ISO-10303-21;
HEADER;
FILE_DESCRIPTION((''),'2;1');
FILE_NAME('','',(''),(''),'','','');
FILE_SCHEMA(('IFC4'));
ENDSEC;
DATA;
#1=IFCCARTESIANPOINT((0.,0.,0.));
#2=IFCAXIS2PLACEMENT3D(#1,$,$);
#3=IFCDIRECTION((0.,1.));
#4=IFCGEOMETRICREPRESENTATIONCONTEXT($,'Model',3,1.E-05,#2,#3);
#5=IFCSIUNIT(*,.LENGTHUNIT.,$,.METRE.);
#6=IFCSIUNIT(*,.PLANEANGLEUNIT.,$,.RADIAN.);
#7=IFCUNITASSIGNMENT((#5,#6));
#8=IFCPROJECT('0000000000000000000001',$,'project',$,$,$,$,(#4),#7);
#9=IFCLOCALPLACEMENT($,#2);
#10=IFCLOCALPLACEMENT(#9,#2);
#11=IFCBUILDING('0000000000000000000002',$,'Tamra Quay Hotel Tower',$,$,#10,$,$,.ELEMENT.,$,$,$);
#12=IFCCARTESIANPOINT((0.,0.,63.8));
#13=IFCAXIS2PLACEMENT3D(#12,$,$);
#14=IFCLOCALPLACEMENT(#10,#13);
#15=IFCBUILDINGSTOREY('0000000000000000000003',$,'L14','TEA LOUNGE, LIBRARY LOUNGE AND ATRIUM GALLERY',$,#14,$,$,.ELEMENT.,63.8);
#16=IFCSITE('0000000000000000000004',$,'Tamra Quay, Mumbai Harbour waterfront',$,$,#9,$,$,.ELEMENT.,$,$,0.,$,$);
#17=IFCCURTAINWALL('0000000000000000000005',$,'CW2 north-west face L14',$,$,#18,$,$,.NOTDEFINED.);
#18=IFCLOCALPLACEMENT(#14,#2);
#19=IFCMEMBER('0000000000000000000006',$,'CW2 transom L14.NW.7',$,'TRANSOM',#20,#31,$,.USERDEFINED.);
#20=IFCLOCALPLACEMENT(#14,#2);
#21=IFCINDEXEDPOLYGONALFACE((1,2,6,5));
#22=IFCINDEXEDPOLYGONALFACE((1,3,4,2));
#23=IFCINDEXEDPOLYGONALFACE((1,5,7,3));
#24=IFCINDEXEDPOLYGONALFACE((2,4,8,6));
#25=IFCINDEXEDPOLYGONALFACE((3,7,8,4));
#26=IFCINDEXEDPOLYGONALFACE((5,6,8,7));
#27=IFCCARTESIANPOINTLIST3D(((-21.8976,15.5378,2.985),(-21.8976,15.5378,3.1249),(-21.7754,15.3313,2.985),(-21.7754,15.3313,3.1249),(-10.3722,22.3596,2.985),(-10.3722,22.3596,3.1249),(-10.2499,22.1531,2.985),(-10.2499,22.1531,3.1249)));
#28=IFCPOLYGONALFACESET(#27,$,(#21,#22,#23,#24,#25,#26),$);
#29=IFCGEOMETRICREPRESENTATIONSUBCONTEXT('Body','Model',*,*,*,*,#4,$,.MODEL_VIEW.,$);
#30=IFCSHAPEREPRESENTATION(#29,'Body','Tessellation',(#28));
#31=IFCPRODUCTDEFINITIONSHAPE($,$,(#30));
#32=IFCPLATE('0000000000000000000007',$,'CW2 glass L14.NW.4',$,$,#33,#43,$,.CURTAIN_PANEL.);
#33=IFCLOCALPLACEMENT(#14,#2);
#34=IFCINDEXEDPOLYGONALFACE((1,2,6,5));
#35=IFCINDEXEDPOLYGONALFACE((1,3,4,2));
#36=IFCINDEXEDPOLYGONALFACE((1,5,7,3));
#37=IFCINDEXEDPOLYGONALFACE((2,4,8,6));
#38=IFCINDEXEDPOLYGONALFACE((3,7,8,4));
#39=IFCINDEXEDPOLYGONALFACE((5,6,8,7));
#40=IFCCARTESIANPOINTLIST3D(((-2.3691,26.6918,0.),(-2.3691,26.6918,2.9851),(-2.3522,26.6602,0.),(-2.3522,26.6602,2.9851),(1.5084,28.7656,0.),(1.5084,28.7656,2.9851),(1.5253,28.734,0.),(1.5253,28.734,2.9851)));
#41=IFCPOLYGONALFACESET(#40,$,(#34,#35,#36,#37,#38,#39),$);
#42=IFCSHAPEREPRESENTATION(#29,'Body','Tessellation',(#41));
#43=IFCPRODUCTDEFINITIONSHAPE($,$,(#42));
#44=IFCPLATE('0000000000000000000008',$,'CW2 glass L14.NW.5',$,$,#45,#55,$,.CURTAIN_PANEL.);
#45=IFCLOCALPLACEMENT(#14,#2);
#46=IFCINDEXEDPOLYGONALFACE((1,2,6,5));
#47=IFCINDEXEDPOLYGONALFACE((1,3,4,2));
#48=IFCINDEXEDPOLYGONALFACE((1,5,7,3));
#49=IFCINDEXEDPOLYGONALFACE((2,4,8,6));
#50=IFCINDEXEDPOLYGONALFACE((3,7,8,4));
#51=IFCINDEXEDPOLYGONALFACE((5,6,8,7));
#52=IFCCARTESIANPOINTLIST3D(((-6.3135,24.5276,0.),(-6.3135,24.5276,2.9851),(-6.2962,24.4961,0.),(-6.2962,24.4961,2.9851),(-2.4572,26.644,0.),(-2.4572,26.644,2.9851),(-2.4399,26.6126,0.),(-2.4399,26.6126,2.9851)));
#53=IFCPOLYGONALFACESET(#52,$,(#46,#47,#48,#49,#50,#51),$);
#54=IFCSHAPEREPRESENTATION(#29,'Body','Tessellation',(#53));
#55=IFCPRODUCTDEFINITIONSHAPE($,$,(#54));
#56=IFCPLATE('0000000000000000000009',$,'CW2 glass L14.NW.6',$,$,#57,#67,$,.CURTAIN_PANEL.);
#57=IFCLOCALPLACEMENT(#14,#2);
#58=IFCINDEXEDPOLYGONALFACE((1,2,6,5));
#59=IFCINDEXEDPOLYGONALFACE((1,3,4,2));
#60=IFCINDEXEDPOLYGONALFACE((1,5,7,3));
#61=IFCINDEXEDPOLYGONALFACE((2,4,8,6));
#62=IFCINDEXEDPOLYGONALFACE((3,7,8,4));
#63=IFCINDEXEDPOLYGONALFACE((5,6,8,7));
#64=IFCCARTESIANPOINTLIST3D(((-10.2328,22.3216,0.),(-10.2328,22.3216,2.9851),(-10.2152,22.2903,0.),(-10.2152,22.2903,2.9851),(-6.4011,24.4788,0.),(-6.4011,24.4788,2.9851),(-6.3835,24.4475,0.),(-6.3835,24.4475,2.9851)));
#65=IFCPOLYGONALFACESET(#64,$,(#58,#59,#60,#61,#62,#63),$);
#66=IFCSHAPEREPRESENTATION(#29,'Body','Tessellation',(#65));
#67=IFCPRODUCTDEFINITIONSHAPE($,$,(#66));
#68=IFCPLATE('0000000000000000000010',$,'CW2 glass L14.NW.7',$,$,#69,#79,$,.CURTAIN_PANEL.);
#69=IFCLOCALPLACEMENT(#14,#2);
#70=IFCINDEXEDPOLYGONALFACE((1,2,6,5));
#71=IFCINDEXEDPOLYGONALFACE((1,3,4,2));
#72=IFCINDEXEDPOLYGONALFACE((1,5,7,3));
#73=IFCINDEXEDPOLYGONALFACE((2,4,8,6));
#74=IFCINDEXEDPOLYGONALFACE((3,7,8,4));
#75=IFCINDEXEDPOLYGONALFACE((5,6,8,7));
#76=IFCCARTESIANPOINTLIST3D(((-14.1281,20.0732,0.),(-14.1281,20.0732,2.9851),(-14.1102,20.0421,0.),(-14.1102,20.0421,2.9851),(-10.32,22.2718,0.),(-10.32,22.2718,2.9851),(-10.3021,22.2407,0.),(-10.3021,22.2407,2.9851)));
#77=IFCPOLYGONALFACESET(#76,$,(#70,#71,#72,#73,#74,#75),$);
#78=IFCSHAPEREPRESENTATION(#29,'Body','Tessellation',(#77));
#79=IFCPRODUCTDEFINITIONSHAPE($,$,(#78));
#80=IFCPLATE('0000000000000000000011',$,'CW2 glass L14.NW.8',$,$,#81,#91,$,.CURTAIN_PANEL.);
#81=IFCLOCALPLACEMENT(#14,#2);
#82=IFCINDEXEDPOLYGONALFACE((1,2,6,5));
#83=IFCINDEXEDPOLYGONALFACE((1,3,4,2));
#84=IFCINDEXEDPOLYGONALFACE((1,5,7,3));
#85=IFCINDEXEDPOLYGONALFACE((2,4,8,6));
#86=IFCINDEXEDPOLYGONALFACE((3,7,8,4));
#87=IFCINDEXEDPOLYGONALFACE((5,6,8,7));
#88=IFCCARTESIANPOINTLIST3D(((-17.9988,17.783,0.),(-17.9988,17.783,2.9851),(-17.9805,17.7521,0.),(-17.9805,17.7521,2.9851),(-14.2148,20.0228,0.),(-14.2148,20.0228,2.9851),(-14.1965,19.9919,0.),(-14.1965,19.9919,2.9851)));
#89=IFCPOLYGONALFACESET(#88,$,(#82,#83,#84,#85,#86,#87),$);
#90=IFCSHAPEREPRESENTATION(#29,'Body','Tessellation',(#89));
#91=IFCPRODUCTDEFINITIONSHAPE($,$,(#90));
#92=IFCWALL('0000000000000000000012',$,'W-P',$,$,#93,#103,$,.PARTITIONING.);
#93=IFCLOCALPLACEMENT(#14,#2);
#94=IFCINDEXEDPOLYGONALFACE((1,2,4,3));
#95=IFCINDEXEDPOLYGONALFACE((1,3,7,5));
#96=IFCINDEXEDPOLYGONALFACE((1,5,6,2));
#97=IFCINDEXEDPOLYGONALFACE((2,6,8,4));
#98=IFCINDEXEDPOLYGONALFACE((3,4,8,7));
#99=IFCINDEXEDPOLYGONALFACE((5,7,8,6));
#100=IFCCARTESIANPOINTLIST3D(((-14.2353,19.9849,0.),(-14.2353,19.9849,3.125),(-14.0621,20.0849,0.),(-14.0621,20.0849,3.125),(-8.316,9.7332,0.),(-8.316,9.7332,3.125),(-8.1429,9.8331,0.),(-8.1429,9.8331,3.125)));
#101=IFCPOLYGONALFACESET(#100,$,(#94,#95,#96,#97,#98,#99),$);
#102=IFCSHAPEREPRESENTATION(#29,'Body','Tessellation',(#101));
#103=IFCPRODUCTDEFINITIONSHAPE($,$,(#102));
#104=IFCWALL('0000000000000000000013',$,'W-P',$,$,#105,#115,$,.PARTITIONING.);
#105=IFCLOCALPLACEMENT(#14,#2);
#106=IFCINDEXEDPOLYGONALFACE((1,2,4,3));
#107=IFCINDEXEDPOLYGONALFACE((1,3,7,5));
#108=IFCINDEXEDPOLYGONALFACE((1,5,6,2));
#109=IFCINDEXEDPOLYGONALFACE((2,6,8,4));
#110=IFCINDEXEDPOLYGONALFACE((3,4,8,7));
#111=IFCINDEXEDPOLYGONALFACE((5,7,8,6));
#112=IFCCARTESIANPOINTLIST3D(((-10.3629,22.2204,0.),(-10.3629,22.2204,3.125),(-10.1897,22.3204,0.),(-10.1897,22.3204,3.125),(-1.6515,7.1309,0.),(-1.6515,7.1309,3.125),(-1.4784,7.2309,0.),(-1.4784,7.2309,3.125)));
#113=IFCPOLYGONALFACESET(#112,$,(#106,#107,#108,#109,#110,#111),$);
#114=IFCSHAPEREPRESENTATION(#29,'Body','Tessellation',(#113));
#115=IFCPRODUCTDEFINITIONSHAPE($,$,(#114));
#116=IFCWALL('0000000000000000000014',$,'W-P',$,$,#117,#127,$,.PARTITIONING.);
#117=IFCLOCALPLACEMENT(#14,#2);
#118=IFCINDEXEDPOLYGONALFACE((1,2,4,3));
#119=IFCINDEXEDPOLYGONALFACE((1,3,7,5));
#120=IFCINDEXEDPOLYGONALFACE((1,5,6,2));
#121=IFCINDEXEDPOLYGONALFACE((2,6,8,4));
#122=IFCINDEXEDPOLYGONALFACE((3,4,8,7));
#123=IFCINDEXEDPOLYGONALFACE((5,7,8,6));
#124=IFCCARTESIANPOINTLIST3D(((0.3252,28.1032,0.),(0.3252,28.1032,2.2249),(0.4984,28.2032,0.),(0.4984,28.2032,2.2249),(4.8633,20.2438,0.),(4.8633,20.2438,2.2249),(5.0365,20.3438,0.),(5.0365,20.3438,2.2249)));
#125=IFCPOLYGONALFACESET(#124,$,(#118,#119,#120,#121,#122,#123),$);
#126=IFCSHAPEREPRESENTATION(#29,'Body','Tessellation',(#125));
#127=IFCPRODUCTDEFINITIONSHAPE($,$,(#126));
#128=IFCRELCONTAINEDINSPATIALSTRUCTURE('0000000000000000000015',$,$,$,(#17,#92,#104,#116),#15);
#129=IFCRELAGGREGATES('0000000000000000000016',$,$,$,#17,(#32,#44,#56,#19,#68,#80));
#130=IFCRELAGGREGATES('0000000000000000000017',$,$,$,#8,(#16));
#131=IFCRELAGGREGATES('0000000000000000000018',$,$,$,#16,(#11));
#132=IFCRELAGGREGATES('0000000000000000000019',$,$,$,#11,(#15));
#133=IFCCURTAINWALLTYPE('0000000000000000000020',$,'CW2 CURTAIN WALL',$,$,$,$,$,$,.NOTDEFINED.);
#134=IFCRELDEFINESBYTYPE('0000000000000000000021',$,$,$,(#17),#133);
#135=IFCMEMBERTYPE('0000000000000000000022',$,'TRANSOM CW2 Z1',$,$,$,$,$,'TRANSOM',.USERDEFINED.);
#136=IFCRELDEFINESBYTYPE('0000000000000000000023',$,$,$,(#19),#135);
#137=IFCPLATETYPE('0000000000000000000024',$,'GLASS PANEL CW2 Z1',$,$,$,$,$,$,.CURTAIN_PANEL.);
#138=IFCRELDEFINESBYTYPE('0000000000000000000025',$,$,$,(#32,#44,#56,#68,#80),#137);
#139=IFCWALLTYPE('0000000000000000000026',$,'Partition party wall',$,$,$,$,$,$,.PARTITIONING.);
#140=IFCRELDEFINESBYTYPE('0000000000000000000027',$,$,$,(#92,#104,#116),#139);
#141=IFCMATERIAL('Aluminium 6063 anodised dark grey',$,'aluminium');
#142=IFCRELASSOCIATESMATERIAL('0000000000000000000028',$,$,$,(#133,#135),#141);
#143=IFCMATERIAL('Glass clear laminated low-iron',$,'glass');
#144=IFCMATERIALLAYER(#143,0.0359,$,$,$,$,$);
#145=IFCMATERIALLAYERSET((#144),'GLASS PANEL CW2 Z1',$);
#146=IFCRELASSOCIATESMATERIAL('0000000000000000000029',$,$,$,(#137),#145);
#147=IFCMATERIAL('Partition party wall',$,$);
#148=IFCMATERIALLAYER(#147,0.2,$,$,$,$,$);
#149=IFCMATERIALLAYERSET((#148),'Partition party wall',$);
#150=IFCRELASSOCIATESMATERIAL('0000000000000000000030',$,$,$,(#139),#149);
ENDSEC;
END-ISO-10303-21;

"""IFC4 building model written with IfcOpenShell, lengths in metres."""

from ifc_helpers import new_model, si_unit, direction, frame, frame_2d, origin, origin_2d, place, context, subcontext, project, spatial, rectangle, extrude, material, layer, layer_set, material_profile, profile_set, type_object, element, aggregate, save


model = new_model("IFC4")

# Units and contexts
model_context = context("Model", 3, precision=1e-05, world=origin(), true_north=direction((0.0, 1.0)))
body_context = subcontext(model_context, "Body", "Model", "MODEL_VIEW")
ifc_project = project(units=[si_unit("LENGTHUNIT", "METRE"), si_unit("PLANEANGLEUNIT", "RADIAN")], contexts=[model_context])

# Site, building, storey
site_placement = place(None, origin())
site = spatial("IfcSite", under=ifc_project, at=site_placement, Name="Tamra Quay, Mumbai Harbour waterfront", CompositionType="ELEMENT", RefElevation=0.0)
building_placement = place(site_placement, origin())
building = spatial("IfcBuilding", under=site, at=building_placement, Name="Tamra Quay Hotel Tower", CompositionType="ELEMENT")
storey_placement = place(building_placement, frame((0.0, 0.0, 63.8)))
storey = spatial("IfcBuildingStorey", under=building, at=storey_placement, Name="L14", Description="TEA LOUNGE, LIBRARY LOUNGE AND ATRIUM GALLERY", CompositionType="ELEMENT", Elevation=63.8)

# Curtain wall
ifc_material_1 = material(Name="Aluminium 6063 anodised dark grey", Category="aluminium")
curtain_wall_type = type_object("IfcCurtainWallType", Name="CW2 CURTAIN WALL", PredefinedType="NOTDEFINED", material=ifc_material_1)
curtain_wall_placement = place(storey_placement, origin())
curtain_wall = element("IfcCurtainWall", 1, at=curtain_wall_placement, inside=storey, type_object=curtain_wall_type, Name="CW2 north-west face L14", PredefinedType="NOTDEFINED")

# Member
ifc_material_profile_1 = material_profile(ifc_material_1, rectangle(XDim=0.24, YDim=0.1399, at=origin_2d()), Name="TRANSOM 240X140")
ifc_profile_set_1 = profile_set([ifc_material_profile_1], Name="Aluminium 6063 anodised dark grey")
member_type_1 = type_object("IfcMemberType", Name="TRANSOM CW2 Z1", ElementType="TRANSOM", PredefinedType="USERDEFINED", material=ifc_profile_set_1)
member_1_placement = place(storey_placement, frame((-10.311, 22.2563, 3.0549), z_axis=(-0.860556, -0.509356, 0.0), x_axis=(0.509356, -0.860556, 0.0)))
member_1 = element("IfcMember", 2, at=member_1_placement, type_object=member_type_1, Name="CW2 transom L14.NW.7", ObjectType="TRANSOM", PredefinedType="USERDEFINED", context=body_context, shape_type="SweptSolid", body=[
    extrude(rectangle(XDim=0.24, YDim=0.1399, at=origin_2d()), origin(), (0.0, 0.0, 1.0), 13.3931),
])

# Plates
ifc_material_2 = material(Name="Glass clear laminated low-iron", Category="glass")
ifc_layer_1 = layer(ifc_material_2, 0.0359)
ifc_layer_set_1 = layer_set([ifc_layer_1], Name="GLASS PANEL CW2 Z1")
plate_type = type_object("IfcPlateType", Name="GLASS PANEL CW2 Z1", PredefinedType="CURTAIN_PANEL", material=ifc_layer_set_1)
plate_1_placement = place(storey_placement, frame((-0.4219, 27.7129, 0.0), z_axis=(0.0, 0.0, 1.0), x_axis=(-0.881806, -0.471612, 0.0)))
plate_1 = element("IfcPlate", 3, at=plate_1_placement, type_object=plate_type, Name="CW2 glass L14.NW.4", PredefinedType="CURTAIN_PANEL", context=body_context, shape_type="SweptSolid", body=[
    extrude(rectangle(XDim=4.3972, YDim=0.0359, at=origin_2d()), origin(), (0.0, 0.0, 1.0), 2.9851),
])
plate_2_placement = place(storey_placement, frame((-4.3767, 25.5701, 0.0), z_axis=(0.0, 0.0, 1.0), x_axis=(-0.876651, -0.481127, 0.0)))
plate_2 = element("IfcPlate", 4, at=plate_2_placement, type_object=plate_type, Name="CW2 glass L14.NW.5", PredefinedType="CURTAIN_PANEL", context=body_context, shape_type="SweptSolid", body=[
    extrude(rectangle(XDim=4.3989, YDim=0.0359, at=origin_2d()), origin(), (0.0, 0.0, 1.0), 2.9851),
])
plate_3_placement = place(storey_placement, frame((-8.3081, 23.3845, 0.0), z_axis=(0.0, 0.0, 1.0), x_axis=(-0.871392, -0.490587, 0.0)))
plate_3 = element("IfcPlate", 5, at=plate_3_placement, type_object=plate_type, Name="CW2 glass L14.NW.6", PredefinedType="CURTAIN_PANEL", context=body_context, shape_type="SweptSolid", body=[
    extrude(rectangle(XDim=4.3972, YDim=0.0359, at=origin_2d()), origin(), (0.0, 0.0, 1.0), 2.9851),
])
plate_4_placement = place(storey_placement, frame((-12.2151, 21.157, 0.0), z_axis=(0.0, 0.0, 1.0), x_axis=(-0.866025, -0.5, 0.0)))
plate_4 = element("IfcPlate", 6, at=plate_4_placement, type_object=plate_type, Name="CW2 glass L14.NW.7", PredefinedType="CURTAIN_PANEL", context=body_context, shape_type="SweptSolid", body=[
    extrude(rectangle(XDim=4.3972, YDim=0.0359, at=origin_2d()), origin(), (0.0, 0.0, 1.0), 2.9851),
])
plate_5_placement = place(storey_placement, frame((-16.0977, 18.8875, 0.0), z_axis=(0.0, 0.0, 1.0), x_axis=(-0.860557, -0.509355, 0.0)))
plate_5 = element("IfcPlate", 7, at=plate_5_placement, type_object=plate_type, Name="CW2 glass L14.NW.8", PredefinedType="CURTAIN_PANEL", context=body_context, shape_type="SweptSolid", body=[
    extrude(rectangle(XDim=4.3972, YDim=0.0359, at=origin_2d()), origin(), (0.0, 0.0, 1.0), 2.9851),
])
aggregate(curtain_wall, [plate_1, plate_2, plate_3, member_1, plate_4, plate_5])

# Walls
ifc_material_3 = material(Name="Partition party wall")
ifc_layer_2 = layer(ifc_material_3, 0.2)
ifc_layer_set_2 = layer_set([ifc_layer_2], Name="Partition party wall")
wall_type = type_object("IfcWallType", Name="Partition party wall", PredefinedType="PARTITIONING", material=ifc_layer_set_2)
wall_1_placement = place(storey_placement, frame((-14.1487, 20.0349, 0.0), z_axis=(0.0, 0.0, 1.0), x_axis=(0.500023, -0.866012, 0.0)))
element("IfcWall", 8, at=wall_1_placement, inside=storey, type_object=wall_type, Name="W-P", PredefinedType="PARTITIONING", context=body_context, shape_type="SweptSolid", body=[
    extrude(rectangle(XDim=11.8379, YDim=0.2, at=frame_2d((5.9189, 0.0))), origin(), (0.0, 0.0, 1.0), 3.125),
])
wall_2_placement = place(storey_placement, frame((-10.2764, 22.2705, 0.0), z_axis=(0.0, 0.0, 1.0), x_axis=(0.499976, -0.866039, 0.0)))
element("IfcWall", 9, at=wall_2_placement, inside=storey, type_object=wall_type, Name="W-P", PredefinedType="PARTITIONING", context=body_context, shape_type="SweptSolid", body=[
    extrude(rectangle(XDim=17.4236, YDim=0.2, at=frame_2d((8.7119, 0.0))), origin(), (0.0, 0.0, 1.0), 3.125),
])
wall_3_placement = place(storey_placement, frame((0.4119, 28.1531, 0.0), z_axis=(0.0, 0.0, 1.0), x_axis=(0.500039, -0.866003, 0.0)))
element("IfcWall", 10, at=wall_3_placement, inside=storey, type_object=wall_type, Name="W-P", PredefinedType="PARTITIONING", context=body_context, shape_type="SweptSolid", body=[
    extrude(rectangle(XDim=9.0754, YDim=0.2, at=frame_2d((4.5376, 0.0))), origin(), (0.0, 0.0, 1.0), 2.2249),
])

save(model, "model.ifc")
